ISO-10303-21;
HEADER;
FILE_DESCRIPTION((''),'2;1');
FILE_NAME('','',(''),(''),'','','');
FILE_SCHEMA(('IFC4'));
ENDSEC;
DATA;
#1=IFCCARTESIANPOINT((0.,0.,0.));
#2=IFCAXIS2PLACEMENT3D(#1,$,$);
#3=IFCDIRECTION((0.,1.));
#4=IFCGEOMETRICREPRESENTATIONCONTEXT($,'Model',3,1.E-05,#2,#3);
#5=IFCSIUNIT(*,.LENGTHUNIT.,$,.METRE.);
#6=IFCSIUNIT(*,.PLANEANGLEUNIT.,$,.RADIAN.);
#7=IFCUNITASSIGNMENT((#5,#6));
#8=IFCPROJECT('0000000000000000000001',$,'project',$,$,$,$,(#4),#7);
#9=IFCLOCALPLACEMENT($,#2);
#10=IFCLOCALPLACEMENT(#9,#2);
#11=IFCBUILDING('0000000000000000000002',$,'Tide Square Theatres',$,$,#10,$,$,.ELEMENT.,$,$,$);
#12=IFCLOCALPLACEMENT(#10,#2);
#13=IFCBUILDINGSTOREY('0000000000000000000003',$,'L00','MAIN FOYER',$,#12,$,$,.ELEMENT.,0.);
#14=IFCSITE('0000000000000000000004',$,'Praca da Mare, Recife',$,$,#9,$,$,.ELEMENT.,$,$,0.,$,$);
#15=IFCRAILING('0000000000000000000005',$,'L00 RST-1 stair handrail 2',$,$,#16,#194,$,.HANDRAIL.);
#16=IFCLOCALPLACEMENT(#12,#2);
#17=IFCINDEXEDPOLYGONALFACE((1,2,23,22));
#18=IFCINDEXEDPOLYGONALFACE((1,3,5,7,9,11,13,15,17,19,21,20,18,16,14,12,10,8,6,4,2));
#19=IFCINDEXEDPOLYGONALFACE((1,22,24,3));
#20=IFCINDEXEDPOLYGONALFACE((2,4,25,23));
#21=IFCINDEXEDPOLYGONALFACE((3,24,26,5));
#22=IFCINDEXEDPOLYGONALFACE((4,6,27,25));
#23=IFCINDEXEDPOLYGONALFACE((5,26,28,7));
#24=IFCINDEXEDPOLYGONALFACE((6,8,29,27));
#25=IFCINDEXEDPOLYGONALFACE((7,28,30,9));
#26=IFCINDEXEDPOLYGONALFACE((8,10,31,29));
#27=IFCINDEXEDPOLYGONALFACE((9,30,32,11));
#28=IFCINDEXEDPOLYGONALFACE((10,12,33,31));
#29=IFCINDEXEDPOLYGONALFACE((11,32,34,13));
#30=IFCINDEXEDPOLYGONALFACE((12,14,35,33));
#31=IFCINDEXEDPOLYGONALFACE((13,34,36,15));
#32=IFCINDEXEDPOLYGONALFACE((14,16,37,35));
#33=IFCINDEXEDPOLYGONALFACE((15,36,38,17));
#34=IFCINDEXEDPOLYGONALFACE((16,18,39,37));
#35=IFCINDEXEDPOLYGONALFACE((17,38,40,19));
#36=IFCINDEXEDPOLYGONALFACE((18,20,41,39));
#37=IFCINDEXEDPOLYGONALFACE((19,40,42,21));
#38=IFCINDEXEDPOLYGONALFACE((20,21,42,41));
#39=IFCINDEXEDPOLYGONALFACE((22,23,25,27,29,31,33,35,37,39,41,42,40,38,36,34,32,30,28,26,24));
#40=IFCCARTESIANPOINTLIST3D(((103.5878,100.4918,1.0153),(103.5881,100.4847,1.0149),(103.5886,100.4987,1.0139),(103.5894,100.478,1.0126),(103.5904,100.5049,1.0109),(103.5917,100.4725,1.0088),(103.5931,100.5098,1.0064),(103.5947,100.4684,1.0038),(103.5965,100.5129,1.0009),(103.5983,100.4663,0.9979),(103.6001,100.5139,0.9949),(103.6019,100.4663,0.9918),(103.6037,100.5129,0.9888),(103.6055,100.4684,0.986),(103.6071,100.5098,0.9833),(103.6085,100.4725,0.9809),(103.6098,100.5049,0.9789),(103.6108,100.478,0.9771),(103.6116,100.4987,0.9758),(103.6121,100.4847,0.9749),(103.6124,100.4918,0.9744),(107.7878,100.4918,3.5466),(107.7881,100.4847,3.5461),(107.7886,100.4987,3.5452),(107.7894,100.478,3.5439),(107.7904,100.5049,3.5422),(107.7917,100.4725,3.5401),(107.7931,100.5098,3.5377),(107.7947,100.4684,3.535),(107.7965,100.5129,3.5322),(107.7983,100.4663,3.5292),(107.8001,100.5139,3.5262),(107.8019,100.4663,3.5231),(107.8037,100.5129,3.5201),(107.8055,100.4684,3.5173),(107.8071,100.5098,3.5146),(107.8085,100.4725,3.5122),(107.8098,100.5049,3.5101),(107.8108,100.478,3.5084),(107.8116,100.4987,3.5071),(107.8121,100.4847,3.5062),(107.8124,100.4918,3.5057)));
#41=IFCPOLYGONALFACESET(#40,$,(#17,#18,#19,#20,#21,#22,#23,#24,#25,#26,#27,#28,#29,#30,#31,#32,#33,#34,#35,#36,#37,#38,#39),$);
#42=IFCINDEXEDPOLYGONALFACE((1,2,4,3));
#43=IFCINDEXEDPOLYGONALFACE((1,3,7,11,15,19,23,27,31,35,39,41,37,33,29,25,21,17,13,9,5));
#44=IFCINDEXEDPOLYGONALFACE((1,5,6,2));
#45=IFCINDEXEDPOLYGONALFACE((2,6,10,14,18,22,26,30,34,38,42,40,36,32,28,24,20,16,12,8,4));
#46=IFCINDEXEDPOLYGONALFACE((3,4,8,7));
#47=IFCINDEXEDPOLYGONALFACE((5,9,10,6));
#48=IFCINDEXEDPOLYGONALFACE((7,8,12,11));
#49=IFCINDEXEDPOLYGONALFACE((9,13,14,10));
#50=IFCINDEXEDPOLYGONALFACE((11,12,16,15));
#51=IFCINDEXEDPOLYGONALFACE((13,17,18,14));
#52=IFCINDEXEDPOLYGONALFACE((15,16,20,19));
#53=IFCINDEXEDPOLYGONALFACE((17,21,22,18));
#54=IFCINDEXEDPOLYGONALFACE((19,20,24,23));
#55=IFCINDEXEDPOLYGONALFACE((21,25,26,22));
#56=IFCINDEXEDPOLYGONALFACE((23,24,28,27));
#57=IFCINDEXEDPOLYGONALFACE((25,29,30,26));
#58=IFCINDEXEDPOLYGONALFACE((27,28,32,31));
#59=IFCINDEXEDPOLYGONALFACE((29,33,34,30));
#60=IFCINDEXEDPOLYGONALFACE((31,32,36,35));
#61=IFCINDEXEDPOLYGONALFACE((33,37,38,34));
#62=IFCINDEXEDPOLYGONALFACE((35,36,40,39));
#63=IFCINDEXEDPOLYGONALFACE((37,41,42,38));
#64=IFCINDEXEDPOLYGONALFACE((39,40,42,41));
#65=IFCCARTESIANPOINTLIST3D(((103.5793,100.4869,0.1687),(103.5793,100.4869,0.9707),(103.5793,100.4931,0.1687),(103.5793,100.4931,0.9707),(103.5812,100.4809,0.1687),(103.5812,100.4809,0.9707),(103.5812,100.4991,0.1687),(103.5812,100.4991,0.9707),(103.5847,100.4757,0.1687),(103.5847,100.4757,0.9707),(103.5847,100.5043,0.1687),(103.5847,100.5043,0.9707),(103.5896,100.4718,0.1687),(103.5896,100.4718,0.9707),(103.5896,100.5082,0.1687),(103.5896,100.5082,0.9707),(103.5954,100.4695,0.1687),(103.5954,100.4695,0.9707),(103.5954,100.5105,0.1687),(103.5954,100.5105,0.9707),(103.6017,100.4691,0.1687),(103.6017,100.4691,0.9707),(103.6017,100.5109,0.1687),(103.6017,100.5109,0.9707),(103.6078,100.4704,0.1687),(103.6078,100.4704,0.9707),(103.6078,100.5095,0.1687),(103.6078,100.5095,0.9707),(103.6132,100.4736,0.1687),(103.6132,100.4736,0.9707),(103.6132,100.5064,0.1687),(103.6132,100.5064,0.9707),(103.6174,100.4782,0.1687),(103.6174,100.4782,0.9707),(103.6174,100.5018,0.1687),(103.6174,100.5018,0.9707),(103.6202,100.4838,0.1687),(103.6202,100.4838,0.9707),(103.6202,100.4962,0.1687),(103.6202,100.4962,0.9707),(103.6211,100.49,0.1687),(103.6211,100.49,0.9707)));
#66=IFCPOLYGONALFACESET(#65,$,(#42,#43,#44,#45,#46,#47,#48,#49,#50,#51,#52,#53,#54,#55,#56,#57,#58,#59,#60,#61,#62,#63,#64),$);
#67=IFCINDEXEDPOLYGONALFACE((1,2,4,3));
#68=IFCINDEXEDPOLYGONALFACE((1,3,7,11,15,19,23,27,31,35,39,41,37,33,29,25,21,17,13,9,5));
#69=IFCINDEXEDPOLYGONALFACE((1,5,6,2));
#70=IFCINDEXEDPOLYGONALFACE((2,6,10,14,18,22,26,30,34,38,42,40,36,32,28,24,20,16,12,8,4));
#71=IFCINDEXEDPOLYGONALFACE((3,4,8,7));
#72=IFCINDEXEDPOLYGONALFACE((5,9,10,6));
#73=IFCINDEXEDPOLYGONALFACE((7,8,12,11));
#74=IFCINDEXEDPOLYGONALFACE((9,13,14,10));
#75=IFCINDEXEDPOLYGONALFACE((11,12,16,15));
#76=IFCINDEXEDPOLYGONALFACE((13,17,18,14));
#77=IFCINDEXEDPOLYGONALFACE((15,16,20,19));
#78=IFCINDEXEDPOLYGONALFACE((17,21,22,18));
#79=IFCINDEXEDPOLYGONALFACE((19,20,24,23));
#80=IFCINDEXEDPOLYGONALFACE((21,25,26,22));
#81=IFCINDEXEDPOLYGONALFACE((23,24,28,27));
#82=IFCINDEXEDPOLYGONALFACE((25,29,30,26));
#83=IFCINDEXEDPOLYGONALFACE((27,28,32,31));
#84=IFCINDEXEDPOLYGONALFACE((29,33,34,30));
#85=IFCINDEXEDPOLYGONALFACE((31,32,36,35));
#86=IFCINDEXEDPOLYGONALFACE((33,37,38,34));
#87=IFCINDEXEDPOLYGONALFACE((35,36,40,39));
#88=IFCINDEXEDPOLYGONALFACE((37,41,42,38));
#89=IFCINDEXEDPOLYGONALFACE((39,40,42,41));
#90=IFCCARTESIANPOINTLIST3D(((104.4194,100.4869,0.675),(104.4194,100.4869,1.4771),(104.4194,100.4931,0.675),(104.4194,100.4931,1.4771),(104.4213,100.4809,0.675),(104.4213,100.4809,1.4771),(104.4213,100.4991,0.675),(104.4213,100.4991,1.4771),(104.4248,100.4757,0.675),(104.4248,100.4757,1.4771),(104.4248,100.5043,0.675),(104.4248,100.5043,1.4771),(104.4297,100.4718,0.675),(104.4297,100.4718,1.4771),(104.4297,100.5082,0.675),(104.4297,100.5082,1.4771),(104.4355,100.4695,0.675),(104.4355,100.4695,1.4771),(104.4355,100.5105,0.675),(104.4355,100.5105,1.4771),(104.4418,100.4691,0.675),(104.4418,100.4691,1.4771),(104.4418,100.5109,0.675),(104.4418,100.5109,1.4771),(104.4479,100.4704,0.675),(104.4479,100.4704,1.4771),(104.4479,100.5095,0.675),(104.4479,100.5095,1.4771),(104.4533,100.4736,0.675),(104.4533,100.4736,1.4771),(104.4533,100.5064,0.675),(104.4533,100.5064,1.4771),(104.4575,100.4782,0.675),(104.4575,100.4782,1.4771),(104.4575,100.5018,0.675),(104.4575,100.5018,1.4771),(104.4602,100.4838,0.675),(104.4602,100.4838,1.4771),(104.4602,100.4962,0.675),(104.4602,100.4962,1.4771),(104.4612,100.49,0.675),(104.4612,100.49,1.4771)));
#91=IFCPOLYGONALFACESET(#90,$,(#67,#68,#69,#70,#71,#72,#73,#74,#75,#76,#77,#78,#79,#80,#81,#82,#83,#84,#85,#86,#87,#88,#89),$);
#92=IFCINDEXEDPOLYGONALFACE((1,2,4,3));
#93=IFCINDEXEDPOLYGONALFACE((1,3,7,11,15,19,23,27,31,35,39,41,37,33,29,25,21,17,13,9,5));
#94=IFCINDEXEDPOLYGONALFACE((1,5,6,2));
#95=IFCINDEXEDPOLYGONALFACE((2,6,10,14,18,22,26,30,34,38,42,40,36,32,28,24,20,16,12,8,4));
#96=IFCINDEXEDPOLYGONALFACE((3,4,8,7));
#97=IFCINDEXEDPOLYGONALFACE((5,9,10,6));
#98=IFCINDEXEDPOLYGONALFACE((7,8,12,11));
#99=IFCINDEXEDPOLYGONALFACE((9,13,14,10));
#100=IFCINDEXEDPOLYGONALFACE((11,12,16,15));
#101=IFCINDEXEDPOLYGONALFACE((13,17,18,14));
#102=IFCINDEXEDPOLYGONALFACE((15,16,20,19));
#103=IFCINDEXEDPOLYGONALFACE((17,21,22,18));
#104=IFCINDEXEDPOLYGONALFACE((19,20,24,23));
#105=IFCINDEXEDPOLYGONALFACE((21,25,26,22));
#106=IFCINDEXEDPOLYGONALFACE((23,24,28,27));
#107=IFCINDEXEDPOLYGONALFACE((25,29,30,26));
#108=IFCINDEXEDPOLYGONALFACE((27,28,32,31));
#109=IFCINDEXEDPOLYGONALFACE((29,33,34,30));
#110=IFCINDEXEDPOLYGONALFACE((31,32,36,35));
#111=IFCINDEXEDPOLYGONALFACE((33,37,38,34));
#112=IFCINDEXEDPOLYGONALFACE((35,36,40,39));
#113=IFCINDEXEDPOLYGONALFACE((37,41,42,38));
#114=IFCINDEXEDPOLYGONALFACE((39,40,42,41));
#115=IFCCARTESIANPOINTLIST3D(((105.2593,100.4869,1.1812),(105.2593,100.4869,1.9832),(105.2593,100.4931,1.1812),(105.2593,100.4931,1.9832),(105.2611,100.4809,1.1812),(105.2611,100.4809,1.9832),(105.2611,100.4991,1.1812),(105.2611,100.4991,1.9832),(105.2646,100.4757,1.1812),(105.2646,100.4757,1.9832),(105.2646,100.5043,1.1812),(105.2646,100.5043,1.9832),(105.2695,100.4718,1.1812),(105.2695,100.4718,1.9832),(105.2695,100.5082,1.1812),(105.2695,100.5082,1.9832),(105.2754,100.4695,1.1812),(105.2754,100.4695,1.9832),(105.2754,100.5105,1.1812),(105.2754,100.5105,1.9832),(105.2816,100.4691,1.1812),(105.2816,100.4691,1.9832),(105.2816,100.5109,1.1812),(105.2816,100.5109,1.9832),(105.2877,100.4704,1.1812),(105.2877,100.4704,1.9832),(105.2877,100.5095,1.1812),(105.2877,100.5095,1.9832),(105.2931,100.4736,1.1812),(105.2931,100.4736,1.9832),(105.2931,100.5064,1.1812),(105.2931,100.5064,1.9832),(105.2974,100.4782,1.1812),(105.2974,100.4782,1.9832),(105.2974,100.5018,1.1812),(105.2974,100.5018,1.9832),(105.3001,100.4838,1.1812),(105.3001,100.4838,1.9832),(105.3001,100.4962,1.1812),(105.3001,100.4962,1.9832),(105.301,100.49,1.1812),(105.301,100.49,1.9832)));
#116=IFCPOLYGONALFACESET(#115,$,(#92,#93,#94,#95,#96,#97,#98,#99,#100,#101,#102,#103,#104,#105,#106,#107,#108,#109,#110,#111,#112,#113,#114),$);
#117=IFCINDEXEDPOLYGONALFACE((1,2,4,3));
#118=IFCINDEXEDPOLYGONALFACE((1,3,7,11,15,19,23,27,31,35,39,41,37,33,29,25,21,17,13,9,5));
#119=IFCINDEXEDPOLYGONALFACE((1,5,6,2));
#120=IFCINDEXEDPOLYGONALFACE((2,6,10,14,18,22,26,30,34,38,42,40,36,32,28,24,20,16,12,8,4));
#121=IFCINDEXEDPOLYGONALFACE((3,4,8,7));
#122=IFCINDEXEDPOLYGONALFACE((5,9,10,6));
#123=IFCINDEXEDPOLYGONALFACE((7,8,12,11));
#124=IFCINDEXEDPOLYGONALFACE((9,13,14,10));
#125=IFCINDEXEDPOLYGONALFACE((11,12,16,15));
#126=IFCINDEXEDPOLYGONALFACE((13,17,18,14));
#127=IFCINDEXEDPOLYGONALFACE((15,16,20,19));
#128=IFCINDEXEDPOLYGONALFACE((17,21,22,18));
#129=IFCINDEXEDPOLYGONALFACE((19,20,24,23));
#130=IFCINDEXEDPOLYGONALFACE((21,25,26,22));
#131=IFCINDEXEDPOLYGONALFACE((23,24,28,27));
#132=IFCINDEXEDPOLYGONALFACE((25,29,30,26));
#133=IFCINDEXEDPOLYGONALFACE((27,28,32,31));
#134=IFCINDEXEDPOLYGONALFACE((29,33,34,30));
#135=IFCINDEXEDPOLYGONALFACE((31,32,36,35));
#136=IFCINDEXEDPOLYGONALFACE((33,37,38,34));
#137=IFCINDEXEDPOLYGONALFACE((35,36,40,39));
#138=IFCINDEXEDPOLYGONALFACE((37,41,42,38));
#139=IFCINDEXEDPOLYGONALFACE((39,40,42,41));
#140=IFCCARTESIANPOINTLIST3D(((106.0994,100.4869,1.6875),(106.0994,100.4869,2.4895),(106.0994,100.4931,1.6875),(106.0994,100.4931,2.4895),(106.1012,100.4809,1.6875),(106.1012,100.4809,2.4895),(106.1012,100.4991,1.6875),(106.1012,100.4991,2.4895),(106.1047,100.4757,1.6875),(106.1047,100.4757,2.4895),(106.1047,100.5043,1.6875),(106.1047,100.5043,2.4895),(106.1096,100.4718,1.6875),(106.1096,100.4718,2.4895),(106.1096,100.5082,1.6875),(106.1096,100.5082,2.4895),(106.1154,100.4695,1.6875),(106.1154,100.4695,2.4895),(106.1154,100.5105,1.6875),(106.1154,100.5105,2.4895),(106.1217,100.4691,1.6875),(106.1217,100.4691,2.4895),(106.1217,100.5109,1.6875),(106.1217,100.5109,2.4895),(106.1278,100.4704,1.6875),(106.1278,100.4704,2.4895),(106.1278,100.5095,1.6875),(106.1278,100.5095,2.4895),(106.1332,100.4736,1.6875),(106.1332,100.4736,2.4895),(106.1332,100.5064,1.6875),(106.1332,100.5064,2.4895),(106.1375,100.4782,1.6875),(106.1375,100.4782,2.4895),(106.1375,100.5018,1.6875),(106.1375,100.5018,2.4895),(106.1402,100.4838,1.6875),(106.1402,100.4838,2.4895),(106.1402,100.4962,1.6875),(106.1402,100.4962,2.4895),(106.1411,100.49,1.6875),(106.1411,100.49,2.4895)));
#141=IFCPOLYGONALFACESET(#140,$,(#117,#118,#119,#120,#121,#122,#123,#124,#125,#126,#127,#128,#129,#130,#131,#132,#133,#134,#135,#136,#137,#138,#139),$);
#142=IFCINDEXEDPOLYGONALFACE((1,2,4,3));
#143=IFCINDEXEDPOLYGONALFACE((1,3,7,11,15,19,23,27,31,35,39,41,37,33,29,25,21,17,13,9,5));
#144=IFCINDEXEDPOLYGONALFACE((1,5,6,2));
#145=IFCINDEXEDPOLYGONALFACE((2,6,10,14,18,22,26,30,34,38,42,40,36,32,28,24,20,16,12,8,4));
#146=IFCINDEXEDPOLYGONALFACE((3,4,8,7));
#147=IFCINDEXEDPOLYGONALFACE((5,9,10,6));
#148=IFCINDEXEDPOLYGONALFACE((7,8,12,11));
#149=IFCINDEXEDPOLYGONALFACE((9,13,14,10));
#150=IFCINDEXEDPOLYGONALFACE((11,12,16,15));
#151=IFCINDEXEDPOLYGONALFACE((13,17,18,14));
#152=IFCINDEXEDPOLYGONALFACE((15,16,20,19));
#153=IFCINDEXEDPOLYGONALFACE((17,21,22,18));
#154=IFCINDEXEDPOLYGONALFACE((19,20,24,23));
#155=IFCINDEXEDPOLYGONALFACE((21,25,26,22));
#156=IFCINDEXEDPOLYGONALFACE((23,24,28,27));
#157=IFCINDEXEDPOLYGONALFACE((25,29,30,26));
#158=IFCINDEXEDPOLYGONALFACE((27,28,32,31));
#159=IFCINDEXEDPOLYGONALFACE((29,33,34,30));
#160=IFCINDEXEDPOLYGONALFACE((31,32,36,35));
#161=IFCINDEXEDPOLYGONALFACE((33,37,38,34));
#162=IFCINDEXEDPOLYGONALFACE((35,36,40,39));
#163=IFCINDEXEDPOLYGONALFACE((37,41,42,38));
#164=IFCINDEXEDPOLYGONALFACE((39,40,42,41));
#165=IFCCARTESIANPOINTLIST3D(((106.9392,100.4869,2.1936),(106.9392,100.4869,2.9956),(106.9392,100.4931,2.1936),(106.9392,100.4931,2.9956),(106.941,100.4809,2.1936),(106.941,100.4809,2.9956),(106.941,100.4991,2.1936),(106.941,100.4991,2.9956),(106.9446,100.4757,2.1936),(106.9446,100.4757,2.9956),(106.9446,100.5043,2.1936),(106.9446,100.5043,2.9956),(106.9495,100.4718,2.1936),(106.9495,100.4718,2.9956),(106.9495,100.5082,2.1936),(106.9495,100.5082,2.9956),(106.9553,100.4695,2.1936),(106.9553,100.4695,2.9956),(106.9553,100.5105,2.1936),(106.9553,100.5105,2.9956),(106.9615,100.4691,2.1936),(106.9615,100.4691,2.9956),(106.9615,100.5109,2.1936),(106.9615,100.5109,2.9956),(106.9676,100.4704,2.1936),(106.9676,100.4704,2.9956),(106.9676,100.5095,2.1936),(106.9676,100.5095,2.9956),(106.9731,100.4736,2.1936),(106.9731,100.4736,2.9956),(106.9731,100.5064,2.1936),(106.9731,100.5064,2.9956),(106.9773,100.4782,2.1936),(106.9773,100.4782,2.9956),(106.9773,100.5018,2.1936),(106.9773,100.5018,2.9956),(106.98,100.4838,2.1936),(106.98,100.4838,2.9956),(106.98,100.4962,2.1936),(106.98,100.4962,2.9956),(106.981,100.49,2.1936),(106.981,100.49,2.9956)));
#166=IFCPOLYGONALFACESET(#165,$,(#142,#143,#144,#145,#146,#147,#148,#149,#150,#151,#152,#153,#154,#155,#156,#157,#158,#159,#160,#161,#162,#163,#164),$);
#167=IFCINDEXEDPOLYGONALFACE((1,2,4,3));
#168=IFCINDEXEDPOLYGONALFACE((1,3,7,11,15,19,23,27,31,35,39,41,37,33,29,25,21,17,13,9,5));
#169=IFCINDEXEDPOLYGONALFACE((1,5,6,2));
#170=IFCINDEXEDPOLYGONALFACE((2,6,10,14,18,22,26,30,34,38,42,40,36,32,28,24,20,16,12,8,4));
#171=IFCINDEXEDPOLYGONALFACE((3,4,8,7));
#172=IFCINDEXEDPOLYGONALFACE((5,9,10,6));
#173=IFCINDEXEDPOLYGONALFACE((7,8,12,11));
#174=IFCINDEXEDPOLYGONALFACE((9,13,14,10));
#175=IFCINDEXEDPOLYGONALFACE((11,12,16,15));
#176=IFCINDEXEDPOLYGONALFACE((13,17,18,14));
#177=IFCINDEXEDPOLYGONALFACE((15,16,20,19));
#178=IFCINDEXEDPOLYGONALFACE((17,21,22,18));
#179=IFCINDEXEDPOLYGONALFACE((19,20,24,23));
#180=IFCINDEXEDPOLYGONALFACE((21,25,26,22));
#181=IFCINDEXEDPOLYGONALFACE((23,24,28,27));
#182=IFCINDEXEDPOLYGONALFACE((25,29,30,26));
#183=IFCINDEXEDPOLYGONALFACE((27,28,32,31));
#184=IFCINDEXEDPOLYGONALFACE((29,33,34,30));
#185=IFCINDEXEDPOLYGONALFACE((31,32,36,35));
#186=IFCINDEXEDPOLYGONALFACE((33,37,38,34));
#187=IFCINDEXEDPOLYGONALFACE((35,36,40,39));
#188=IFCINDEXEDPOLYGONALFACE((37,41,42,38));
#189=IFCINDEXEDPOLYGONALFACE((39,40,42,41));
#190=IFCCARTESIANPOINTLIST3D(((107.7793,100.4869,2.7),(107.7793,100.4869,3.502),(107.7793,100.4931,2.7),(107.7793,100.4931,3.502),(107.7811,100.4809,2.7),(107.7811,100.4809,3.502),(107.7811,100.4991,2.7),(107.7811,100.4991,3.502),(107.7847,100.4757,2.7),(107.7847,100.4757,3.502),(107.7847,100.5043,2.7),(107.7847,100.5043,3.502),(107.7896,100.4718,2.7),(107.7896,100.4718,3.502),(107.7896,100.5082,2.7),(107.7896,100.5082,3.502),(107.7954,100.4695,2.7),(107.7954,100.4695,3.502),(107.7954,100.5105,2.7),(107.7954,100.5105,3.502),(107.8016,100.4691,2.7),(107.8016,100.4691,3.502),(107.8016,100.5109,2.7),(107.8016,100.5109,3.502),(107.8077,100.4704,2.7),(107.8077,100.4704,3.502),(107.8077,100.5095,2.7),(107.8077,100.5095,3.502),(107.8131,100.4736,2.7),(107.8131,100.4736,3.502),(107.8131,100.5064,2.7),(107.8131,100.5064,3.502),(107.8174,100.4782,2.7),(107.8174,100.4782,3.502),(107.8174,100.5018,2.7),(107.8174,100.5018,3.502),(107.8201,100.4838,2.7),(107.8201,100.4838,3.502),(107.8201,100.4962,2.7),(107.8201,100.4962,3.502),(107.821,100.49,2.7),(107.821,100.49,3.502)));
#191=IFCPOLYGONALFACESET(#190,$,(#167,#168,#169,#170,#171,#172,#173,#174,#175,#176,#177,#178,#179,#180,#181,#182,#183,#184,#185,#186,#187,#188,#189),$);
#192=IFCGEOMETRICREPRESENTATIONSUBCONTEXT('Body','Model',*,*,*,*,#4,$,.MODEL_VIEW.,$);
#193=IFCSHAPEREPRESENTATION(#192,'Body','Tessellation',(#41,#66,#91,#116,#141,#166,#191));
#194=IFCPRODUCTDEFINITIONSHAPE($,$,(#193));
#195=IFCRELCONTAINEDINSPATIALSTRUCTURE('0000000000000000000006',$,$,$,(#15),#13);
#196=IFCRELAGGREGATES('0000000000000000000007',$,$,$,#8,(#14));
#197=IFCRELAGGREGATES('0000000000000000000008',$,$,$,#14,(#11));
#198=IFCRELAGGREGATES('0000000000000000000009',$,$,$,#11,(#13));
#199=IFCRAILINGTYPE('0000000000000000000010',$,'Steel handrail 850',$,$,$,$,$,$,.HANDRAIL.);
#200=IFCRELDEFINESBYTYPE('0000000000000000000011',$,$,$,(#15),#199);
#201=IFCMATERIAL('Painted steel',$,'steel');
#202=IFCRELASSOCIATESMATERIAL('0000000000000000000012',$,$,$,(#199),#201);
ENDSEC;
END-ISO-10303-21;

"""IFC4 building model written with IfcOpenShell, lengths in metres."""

from ifc_helpers import new_model, si_unit, direction, frame, origin, origin_2d, place, context, subcontext, project, spatial, circle, extrude, material, type_object, element, save


model = new_model("IFC4")

# Units and contexts
model_context = context("Model", 3, precision=1e-05, world=origin(), true_north=direction((0.0, 1.0)))
body_context = subcontext(model_context, "Body", "Model", "MODEL_VIEW")
ifc_project = project(units=[si_unit("LENGTHUNIT", "METRE"), si_unit("PLANEANGLEUNIT", "RADIAN")], contexts=[model_context])

# Site, building, storey
site_placement = place(None, origin())
site = spatial("IfcSite", under=ifc_project, at=site_placement, Name="Praca da Mare, Recife", CompositionType="ELEMENT", RefElevation=0.0)
building_placement = place(site_placement, origin())
building = spatial("IfcBuilding", under=site, at=building_placement, Name="Tide Square Theatres", CompositionType="ELEMENT")
storey_placement = place(building_placement, origin())
storey = spatial("IfcBuildingStorey", under=building, at=storey_placement, Name="L00", Description="MAIN FOYER", CompositionType="ELEMENT", Elevation=0.0)

# Railing
ifc_material_1 = material(Name="Painted steel", Category="steel")
railing_type_1 = type_object("IfcRailingType", Name="Steel handrail 850", PredefinedType="HANDRAIL", material=ifc_material_1)
for number, where, name in (
    (1, (103.6001, 100.49, 0.1687), "L00 RST-1 stair handrail 2"),
):
    element("IfcRailing", number, at=place(storey_placement, frame(where)), inside=storey, type_object=railing_type_1, Name=name, PredefinedType="HANDRAIL", context=body_context, shape_type="SweptSolid", body=[
        extrude(circle(Radius=0.0239, at=origin_2d()), frame((0.0, 0.0, 0.8262), z_axis=(0.856476, 0.0, 0.516186), x_axis=(0.0, 1.0, 0.0)), (0.0, 0.0, 1.0), 4.9038),
        extrude(circle(Radius=0.021, at=origin_2d()), origin(), (0.0, 0.0, 1.0), 0.802),
        extrude(circle(Radius=0.021, at=origin_2d()), frame((0.8401, 0.0, 0.5063)), (0.0, 0.0, 1.0), 0.802),
        extrude(circle(Radius=0.021, at=origin_2d()), frame((1.6799, 0.0, 1.0125)), (0.0, 0.0, 1.0), 0.802),
        extrude(circle(Radius=0.021, at=origin_2d()), frame((2.52, 0.0, 1.5188)), (0.0, 0.0, 1.0), 0.802),
        extrude(circle(Radius=0.021, at=origin_2d()), frame((3.3599, 0.0, 2.0249)), (0.0, 0.0, 1.0), 0.802),
        extrude(circle(Radius=0.021, at=origin_2d()), frame((4.2, 0.0, 2.5312)), (0.0, 0.0, 1.0), 0.802),
    ])

save(model, "model.ifc")
